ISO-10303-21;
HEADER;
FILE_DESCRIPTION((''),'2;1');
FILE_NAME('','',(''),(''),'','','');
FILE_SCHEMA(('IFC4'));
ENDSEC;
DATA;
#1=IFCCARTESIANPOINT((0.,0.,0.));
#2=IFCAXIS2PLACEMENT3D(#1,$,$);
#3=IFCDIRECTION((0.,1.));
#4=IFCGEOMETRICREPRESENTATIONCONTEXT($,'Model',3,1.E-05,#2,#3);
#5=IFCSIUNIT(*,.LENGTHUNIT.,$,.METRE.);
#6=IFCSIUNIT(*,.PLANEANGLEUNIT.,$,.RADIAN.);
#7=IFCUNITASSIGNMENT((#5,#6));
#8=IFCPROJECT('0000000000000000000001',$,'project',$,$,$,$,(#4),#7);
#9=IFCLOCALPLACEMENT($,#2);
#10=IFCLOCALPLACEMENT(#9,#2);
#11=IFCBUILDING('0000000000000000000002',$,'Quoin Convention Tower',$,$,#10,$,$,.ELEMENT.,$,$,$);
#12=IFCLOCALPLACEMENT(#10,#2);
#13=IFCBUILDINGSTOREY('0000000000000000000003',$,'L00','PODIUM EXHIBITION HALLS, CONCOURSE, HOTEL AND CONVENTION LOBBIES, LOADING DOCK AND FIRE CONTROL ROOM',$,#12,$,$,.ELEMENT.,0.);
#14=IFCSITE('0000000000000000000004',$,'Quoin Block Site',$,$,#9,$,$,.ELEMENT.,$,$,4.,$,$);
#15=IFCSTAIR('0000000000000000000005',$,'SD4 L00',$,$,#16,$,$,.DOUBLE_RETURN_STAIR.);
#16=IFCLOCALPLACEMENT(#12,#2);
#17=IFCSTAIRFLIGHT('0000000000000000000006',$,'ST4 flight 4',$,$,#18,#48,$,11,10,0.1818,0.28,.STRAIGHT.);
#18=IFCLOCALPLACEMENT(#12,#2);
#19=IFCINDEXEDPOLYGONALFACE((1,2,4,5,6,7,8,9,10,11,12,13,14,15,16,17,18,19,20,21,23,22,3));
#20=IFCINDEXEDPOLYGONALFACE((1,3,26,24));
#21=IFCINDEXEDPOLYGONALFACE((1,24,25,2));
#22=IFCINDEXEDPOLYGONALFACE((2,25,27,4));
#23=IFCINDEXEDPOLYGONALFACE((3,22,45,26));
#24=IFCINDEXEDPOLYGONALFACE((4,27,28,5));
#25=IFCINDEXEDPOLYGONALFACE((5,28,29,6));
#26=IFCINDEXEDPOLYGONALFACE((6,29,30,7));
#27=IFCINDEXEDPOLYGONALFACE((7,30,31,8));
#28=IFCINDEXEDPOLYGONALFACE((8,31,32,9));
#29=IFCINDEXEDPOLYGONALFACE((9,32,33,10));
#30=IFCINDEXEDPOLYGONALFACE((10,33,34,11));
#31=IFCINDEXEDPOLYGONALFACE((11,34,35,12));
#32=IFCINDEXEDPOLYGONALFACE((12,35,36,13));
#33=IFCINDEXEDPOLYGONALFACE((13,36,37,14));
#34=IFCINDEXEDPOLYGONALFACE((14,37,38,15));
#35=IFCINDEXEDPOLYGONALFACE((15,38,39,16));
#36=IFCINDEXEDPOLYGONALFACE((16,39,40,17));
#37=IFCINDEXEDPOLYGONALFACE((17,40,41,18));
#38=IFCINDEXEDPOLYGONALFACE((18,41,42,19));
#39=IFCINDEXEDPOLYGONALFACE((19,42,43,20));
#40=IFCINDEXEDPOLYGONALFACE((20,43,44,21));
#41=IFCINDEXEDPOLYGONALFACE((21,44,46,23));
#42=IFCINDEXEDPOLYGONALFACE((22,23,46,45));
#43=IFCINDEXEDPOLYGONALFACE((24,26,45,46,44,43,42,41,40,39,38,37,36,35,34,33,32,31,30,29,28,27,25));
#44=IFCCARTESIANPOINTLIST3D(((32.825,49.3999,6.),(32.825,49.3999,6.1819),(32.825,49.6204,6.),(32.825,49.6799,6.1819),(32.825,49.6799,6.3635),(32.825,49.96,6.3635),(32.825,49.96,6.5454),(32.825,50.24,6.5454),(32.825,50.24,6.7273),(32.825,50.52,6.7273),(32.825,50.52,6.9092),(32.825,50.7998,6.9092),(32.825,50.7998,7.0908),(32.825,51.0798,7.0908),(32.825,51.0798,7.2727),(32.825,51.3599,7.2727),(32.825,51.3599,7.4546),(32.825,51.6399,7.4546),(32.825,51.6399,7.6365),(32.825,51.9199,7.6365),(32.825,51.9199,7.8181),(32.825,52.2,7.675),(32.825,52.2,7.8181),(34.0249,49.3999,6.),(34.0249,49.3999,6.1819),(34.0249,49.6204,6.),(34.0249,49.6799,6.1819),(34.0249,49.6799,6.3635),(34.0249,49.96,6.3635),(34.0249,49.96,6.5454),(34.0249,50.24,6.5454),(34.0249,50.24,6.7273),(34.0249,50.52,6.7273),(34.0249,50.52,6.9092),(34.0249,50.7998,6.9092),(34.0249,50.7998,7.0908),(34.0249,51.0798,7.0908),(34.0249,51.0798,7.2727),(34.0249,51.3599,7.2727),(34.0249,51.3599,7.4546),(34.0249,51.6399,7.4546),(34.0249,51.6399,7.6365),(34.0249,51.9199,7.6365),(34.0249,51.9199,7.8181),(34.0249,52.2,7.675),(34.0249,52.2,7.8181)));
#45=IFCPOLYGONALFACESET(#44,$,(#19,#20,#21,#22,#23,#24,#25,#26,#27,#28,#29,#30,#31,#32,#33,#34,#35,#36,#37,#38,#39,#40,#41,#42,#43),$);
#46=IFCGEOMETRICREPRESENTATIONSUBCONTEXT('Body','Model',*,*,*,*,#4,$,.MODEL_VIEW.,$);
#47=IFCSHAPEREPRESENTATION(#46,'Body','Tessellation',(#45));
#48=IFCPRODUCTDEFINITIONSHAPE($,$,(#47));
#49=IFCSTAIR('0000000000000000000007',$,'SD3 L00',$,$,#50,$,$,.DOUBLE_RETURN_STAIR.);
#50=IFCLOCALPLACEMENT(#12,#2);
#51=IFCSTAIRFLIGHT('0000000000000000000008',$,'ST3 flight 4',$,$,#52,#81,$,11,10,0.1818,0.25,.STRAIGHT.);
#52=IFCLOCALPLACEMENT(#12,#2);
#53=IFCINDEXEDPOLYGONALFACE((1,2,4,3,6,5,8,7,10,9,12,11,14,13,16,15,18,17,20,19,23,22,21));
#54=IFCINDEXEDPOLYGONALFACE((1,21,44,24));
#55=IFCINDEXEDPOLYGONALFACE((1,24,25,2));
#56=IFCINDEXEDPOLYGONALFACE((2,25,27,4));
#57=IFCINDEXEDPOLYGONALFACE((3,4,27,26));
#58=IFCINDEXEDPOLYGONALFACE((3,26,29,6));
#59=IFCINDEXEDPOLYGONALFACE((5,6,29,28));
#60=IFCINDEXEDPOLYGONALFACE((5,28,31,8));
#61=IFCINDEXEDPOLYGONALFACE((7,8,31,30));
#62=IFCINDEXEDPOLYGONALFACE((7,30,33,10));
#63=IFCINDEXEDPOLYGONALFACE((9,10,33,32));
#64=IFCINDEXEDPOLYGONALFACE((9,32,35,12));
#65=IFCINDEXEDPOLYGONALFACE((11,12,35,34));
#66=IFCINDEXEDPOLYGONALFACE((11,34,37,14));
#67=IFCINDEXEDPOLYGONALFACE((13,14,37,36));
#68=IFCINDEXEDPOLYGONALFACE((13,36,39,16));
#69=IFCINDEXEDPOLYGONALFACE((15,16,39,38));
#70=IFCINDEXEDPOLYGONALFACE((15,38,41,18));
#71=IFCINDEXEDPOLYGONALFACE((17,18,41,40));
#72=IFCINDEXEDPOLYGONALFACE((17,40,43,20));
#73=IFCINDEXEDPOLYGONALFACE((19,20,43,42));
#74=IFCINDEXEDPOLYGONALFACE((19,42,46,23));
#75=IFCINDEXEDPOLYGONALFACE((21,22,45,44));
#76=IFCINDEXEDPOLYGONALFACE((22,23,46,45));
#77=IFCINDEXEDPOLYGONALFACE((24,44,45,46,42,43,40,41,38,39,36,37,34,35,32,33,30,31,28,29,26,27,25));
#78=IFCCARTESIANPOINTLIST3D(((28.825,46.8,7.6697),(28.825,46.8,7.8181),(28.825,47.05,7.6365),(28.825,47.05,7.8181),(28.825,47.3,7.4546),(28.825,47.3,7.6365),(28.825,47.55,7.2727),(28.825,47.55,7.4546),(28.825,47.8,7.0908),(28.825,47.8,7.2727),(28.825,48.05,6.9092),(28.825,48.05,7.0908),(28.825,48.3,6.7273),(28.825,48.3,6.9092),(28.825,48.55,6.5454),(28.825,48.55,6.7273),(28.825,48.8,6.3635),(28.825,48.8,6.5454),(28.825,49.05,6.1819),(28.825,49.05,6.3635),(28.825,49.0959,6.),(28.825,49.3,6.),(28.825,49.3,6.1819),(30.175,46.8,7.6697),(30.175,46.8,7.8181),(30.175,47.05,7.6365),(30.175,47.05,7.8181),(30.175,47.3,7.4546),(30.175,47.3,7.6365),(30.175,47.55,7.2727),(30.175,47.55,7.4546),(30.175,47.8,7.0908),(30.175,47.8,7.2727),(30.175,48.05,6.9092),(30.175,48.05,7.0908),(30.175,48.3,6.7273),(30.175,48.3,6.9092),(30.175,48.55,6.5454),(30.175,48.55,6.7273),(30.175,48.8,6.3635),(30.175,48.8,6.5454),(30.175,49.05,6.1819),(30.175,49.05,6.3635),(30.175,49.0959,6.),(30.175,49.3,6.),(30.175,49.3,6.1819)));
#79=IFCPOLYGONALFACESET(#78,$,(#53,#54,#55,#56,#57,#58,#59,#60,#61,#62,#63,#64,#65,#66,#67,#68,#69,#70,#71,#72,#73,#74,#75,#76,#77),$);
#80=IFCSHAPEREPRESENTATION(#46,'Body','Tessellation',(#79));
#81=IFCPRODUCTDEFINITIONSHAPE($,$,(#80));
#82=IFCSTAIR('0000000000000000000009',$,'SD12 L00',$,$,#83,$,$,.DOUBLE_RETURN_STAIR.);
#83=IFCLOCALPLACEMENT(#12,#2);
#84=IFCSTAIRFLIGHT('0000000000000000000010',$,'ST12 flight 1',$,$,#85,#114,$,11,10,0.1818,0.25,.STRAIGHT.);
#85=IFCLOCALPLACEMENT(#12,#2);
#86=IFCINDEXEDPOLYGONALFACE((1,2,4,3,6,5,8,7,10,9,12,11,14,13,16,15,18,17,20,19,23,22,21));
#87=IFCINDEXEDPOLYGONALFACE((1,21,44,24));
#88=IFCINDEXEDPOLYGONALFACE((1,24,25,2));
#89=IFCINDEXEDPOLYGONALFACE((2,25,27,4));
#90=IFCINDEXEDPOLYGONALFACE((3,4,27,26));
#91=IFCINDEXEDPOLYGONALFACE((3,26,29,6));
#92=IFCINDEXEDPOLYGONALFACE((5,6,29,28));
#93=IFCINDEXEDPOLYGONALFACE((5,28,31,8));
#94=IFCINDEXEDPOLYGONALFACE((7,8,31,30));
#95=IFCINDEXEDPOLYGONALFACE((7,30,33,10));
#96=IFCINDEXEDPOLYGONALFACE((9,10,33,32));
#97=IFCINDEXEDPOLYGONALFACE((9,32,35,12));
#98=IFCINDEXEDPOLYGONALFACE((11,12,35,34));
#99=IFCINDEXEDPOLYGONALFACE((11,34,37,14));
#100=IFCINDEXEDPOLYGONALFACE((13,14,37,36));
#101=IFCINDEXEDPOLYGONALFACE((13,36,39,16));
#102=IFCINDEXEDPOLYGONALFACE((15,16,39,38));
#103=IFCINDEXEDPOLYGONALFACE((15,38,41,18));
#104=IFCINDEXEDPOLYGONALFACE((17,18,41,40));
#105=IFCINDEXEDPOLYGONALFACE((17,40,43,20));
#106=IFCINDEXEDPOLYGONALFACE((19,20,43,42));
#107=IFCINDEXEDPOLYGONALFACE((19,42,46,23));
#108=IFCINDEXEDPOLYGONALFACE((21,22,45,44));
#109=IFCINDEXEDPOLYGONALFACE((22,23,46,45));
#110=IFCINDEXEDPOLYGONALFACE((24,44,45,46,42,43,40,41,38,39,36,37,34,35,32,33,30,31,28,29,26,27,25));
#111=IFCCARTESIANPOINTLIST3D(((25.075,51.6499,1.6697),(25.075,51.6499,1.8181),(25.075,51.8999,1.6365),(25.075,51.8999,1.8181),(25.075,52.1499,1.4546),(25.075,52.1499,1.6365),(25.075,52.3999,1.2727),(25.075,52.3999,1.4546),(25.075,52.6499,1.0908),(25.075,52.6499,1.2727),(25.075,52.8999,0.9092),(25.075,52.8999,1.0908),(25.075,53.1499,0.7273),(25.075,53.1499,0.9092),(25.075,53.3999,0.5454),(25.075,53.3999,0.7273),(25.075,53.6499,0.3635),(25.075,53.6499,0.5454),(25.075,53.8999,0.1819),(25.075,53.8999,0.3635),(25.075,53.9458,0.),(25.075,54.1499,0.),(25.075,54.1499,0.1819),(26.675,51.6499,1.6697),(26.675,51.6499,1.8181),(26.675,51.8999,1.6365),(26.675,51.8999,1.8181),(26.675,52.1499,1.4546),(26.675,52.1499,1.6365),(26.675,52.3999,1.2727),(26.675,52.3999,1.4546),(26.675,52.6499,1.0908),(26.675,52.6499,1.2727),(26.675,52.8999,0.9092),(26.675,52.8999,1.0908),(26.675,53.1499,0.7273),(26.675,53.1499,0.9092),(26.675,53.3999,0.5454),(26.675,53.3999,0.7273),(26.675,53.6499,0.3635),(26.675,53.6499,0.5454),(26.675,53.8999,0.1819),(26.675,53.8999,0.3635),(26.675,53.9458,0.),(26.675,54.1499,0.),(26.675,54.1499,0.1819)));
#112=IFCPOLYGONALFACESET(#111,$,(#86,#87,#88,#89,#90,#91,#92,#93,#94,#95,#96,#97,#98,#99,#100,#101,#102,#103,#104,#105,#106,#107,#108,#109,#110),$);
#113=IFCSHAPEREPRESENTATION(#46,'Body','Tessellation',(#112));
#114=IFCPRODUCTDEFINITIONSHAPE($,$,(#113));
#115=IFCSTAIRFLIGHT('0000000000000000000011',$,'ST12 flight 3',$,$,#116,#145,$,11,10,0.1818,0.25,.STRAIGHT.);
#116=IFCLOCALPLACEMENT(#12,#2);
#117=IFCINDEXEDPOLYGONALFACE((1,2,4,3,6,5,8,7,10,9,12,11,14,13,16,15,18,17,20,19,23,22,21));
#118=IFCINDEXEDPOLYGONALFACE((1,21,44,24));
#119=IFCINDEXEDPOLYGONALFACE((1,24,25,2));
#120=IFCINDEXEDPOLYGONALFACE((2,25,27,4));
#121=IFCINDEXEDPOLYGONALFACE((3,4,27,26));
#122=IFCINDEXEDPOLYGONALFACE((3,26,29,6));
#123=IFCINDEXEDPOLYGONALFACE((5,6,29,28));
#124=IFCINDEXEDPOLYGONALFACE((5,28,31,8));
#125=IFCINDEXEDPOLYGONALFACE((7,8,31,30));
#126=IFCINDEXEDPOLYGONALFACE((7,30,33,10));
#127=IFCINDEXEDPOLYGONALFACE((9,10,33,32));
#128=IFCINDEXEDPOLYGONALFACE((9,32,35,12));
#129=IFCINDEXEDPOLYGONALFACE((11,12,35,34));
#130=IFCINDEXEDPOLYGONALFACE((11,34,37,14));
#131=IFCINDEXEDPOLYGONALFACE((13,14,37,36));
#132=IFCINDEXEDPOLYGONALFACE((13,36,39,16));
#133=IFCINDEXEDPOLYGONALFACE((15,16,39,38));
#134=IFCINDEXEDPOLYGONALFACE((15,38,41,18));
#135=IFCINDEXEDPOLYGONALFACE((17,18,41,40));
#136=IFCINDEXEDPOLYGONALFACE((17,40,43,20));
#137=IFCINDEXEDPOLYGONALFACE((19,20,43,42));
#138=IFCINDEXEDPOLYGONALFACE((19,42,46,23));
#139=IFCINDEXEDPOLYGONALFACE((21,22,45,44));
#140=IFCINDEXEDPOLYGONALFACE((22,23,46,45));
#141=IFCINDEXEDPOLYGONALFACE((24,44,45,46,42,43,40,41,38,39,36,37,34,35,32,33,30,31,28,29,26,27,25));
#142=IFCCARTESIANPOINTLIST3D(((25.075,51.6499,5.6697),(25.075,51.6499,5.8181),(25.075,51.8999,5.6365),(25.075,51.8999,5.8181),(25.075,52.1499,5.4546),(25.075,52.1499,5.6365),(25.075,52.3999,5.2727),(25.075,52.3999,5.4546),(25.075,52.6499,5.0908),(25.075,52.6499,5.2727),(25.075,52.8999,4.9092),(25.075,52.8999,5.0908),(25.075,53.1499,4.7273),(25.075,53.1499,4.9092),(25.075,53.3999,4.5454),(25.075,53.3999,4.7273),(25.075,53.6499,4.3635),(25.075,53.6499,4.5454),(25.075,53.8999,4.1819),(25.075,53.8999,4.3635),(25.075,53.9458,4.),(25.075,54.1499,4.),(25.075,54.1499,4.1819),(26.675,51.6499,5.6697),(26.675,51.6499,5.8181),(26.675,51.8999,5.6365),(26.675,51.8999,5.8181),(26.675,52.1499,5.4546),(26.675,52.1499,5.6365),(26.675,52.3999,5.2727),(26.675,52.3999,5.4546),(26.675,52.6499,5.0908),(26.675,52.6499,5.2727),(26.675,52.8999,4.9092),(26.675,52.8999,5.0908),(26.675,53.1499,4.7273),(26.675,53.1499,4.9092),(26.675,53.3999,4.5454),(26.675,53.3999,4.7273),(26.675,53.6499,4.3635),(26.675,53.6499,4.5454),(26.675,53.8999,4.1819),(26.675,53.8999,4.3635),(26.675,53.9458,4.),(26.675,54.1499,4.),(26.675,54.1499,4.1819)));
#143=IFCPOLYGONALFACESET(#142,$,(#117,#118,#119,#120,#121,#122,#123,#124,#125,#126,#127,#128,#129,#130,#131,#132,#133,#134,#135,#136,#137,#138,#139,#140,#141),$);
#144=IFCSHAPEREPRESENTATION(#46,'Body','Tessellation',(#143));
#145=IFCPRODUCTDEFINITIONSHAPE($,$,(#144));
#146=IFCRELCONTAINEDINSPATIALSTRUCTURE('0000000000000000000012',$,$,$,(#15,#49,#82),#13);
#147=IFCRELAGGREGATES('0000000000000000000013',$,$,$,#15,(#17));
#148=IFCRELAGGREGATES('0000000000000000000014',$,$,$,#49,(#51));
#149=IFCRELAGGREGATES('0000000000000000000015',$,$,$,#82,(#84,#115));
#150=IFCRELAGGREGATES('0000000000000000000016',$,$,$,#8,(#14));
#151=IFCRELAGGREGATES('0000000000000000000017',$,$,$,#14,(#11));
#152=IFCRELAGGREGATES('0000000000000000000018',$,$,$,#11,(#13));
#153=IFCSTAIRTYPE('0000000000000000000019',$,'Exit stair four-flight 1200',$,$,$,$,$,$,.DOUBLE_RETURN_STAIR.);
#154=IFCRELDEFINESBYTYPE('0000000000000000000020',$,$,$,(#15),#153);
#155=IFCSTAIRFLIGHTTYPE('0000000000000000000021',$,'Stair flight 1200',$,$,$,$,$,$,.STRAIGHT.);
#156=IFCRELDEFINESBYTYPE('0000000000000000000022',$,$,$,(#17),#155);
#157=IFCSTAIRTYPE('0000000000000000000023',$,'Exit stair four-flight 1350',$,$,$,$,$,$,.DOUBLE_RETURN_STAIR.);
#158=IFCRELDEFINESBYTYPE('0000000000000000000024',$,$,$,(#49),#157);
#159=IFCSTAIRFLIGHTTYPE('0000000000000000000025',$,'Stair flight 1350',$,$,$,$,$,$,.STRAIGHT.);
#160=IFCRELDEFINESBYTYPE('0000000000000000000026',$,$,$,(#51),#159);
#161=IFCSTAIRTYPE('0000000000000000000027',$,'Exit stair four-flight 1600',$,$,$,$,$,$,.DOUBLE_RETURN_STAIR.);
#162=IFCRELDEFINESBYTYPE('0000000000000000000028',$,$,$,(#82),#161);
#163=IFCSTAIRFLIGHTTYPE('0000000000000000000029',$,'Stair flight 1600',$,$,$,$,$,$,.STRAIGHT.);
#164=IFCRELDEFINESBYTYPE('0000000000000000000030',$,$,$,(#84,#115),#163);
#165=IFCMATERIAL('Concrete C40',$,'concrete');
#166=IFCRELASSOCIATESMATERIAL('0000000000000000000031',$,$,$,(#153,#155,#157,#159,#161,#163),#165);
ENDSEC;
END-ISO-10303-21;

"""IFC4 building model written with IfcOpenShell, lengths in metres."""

from ifc_helpers import new_model, si_unit, direction, frame, origin, place, context, subcontext, project, spatial, polyline, outline, extrude, material, type_object, element, aggregate, save


model = new_model("IFC4")

# Units and contexts
model_context = context("Model", 3, precision=1e-05, world=origin(), true_north=direction((0.0, 1.0)))
body_context = subcontext(model_context, "Body", "Model", "MODEL_VIEW")
ifc_project = project(units=[si_unit("LENGTHUNIT", "METRE"), si_unit("PLANEANGLEUNIT", "RADIAN")], contexts=[model_context])

# Site, building, storey
site_placement = place(None, origin())
site = spatial("IfcSite", under=ifc_project, at=site_placement, Name="Quoin Block Site", CompositionType="ELEMENT", RefElevation=4.0)
building_placement = place(site_placement, origin())
building = spatial("IfcBuilding", under=site, at=building_placement, Name="Quoin Convention Tower", CompositionType="ELEMENT")
storey_placement = place(building_placement, origin())
storey = spatial("IfcBuildingStorey", under=building, at=storey_placement, Name="L00", Description="PODIUM EXHIBITION HALLS, CONCOURSE, HOTEL AND CONVENTION LOBBIES, LOADING DOCK AND FIRE CONTROL ROOM", CompositionType="ELEMENT", Elevation=0.0)

# Stair, stair flight
ifc_material_1 = material(Name="Concrete C40", Category="concrete")
stair_type_1 = type_object("IfcStairType", Name="Exit stair four-flight 1200", PredefinedType="DOUBLE_RETURN_STAIR", material=ifc_material_1)
stair_1_placement = place(storey_placement, origin())
stair_1 = element("IfcStair", 1, at=stair_1_placement, inside=storey, type_object=stair_type_1, Name="SD4 L00", PredefinedType="DOUBLE_RETURN_STAIR")
stair_flight_type_1 = type_object("IfcStairFlightType", Name="Stair flight 1200", PredefinedType="STRAIGHT", material=ifc_material_1)
stair_flight_1_placement = place(storey_placement, frame((33.425, 49.3999, 6.0), z_axis=(0.0, 0.0, 1.0), x_axis=(0.0, 1.0, 0.0)))
stair_flight_1 = element("IfcStairFlight", 2, at=stair_flight_1_placement, type_object=stair_flight_type_1, Name="ST4 flight 4", NumberOfRisers=11, NumberOfTreads=10, PredefinedType="STRAIGHT", RiserHeight=0.1818, TreadLength=0.28, context=body_context, shape_type="SweptSolid", body=[
    extrude(outline(polyline([(0.0, 0.0), (0.0, 0.1819), (0.28, 0.1819), (0.28, 0.3635), (0.5601, 0.3635), (0.5601, 0.5454), (0.8401, 0.5454), (0.8401, 0.7273), (1.1201, 0.7273), (1.1201, 0.9092), (1.3999, 0.9092), (1.3999, 1.0908), (1.6799, 1.0908), (1.6799, 1.2727), (1.96, 1.2727), (1.96, 1.4546), (2.24, 1.4546), (2.24, 1.6365), (2.52, 1.6365), (2.52, 1.8181), (2.8, 1.8181), (2.8, 2.0), (2.8, 1.675), (0.2205, 0.0), (0.0, 0.0)])), frame((0.0, 0.6001, 0.0), z_axis=(0.0, -1.0, 0.0), x_axis=(1.0, 0.0, 0.0)), (0.0, 0.0, 1.0), 1.2),
])
aggregate(stair_1, [stair_flight_1])

# Stair, stair flight
stair_type_2 = type_object("IfcStairType", Name="Exit stair four-flight 1350", PredefinedType="DOUBLE_RETURN_STAIR", material=ifc_material_1)
stair_2_placement = place(storey_placement, origin())
stair_2 = element("IfcStair", 3, at=stair_2_placement, inside=storey, type_object=stair_type_2, Name="SD3 L00", PredefinedType="DOUBLE_RETURN_STAIR")
stair_flight_type_2 = type_object("IfcStairFlightType", Name="Stair flight 1350", PredefinedType="STRAIGHT", material=ifc_material_1)
stair_flight_2_placement = place(storey_placement, frame((29.5, 49.3, 6.0), z_axis=(0.0, 0.0, 1.0), x_axis=(0.0, -1.0, 0.0)))
stair_flight_2 = element("IfcStairFlight", 4, at=stair_flight_2_placement, type_object=stair_flight_type_2, Name="ST3 flight 4", NumberOfRisers=11, NumberOfTreads=10, PredefinedType="STRAIGHT", RiserHeight=0.1818, TreadLength=0.25, context=body_context, shape_type="SweptSolid", body=[
    extrude(outline(polyline([(0.0, 0.0), (0.0, 0.1819), (0.25, 0.1819), (0.25, 0.3635), (0.5, 0.3635), (0.5, 0.5454), (0.75, 0.5454), (0.75, 0.7273), (1.0, 0.7273), (1.0, 0.9092), (1.25, 0.9092), (1.25, 1.0908), (1.5, 1.0908), (1.5, 1.2727), (1.75, 1.2727), (1.75, 1.4546), (2.0, 1.4546), (2.0, 1.6365), (2.25, 1.6365), (2.25, 1.8181), (2.5, 1.8181), (2.5, 2.0), (2.5, 1.6697), (0.2041, 0.0), (0.0, 0.0)])), frame((0.0, 0.675, 0.0), z_axis=(0.0, -1.0, 0.0), x_axis=(1.0, 0.0, 0.0)), (0.0, 0.0, 1.0), 1.3501),
])
aggregate(stair_2, [stair_flight_2])

# Stair, stair flights
stair_type_3 = type_object("IfcStairType", Name="Exit stair four-flight 1600", PredefinedType="DOUBLE_RETURN_STAIR", material=ifc_material_1)
stair_3_placement = place(storey_placement, origin())
stair_3 = element("IfcStair", 5, at=stair_3_placement, inside=storey, type_object=stair_type_3, Name="SD12 L00", PredefinedType="DOUBLE_RETURN_STAIR")
stair_flight_type_3 = type_object("IfcStairFlightType", Name="Stair flight 1600", PredefinedType="STRAIGHT", material=ifc_material_1)
stair_flight_3_placement = place(storey_placement, frame((25.875, 54.1499, 0.0), z_axis=(0.0, 0.0, 1.0), x_axis=(0.0, -1.0, 0.0)))
stair_flight_3 = element("IfcStairFlight", 6, at=stair_flight_3_placement, type_object=stair_flight_type_3, Name="ST12 flight 1", NumberOfRisers=11, NumberOfTreads=10, PredefinedType="STRAIGHT", RiserHeight=0.1818, TreadLength=0.25, context=body_context, shape_type="SweptSolid", body=[
    extrude(outline(polyline([(0.0, 0.0), (0.0, 0.1819), (0.25, 0.1819), (0.25, 0.3635), (0.5, 0.3635), (0.5, 0.5454), (0.75, 0.5454), (0.75, 0.7273), (1.0, 0.7273), (1.0, 0.9092), (1.25, 0.9092), (1.25, 1.0908), (1.5, 1.0908), (1.5, 1.2727), (1.75, 1.2727), (1.75, 1.4546), (2.0, 1.4546), (2.0, 1.6365), (2.25, 1.6365), (2.25, 1.8181), (2.5, 1.8181), (2.5, 2.0), (2.5, 1.6697), (0.2041, 0.0), (0.0, 0.0)])), frame((0.0, 0.8, 0.0), z_axis=(0.0, -1.0, 0.0), x_axis=(1.0, 0.0, 0.0)), (0.0, 0.0, 1.0), 1.6001),
])
stair_flight_4_placement = place(storey_placement, frame((25.875, 54.1499, 4.0), z_axis=(0.0, 0.0, 1.0), x_axis=(0.0, -1.0, 0.0)))
stair_flight_4 = element("IfcStairFlight", 7, at=stair_flight_4_placement, type_object=stair_flight_type_3, Name="ST12 flight 3", NumberOfRisers=11, NumberOfTreads=10, PredefinedType="STRAIGHT", RiserHeight=0.1818, TreadLength=0.25, context=body_context, shape_type="SweptSolid", body=[
    extrude(outline(polyline([(0.0, 0.0), (0.0, 0.1819), (0.25, 0.1819), (0.25, 0.3635), (0.5, 0.3635), (0.5, 0.5454), (0.75, 0.5454), (0.75, 0.7273), (1.0, 0.7273), (1.0, 0.9092), (1.25, 0.9092), (1.25, 1.0908), (1.5, 1.0908), (1.5, 1.2727), (1.75, 1.2727), (1.75, 1.4546), (2.0, 1.4546), (2.0, 1.6365), (2.25, 1.6365), (2.25, 1.8181), (2.5, 1.8181), (2.5, 2.0), (2.5, 1.6697), (0.2041, 0.0), (0.0, 0.0)])), frame((0.0, 0.8, 0.0), z_axis=(0.0, -1.0, 0.0), x_axis=(1.0, 0.0, 0.0)), (0.0, 0.0, 1.0), 1.6001),
])
aggregate(stair_3, [stair_flight_3, stair_flight_4])

save(model, "model.ifc")
